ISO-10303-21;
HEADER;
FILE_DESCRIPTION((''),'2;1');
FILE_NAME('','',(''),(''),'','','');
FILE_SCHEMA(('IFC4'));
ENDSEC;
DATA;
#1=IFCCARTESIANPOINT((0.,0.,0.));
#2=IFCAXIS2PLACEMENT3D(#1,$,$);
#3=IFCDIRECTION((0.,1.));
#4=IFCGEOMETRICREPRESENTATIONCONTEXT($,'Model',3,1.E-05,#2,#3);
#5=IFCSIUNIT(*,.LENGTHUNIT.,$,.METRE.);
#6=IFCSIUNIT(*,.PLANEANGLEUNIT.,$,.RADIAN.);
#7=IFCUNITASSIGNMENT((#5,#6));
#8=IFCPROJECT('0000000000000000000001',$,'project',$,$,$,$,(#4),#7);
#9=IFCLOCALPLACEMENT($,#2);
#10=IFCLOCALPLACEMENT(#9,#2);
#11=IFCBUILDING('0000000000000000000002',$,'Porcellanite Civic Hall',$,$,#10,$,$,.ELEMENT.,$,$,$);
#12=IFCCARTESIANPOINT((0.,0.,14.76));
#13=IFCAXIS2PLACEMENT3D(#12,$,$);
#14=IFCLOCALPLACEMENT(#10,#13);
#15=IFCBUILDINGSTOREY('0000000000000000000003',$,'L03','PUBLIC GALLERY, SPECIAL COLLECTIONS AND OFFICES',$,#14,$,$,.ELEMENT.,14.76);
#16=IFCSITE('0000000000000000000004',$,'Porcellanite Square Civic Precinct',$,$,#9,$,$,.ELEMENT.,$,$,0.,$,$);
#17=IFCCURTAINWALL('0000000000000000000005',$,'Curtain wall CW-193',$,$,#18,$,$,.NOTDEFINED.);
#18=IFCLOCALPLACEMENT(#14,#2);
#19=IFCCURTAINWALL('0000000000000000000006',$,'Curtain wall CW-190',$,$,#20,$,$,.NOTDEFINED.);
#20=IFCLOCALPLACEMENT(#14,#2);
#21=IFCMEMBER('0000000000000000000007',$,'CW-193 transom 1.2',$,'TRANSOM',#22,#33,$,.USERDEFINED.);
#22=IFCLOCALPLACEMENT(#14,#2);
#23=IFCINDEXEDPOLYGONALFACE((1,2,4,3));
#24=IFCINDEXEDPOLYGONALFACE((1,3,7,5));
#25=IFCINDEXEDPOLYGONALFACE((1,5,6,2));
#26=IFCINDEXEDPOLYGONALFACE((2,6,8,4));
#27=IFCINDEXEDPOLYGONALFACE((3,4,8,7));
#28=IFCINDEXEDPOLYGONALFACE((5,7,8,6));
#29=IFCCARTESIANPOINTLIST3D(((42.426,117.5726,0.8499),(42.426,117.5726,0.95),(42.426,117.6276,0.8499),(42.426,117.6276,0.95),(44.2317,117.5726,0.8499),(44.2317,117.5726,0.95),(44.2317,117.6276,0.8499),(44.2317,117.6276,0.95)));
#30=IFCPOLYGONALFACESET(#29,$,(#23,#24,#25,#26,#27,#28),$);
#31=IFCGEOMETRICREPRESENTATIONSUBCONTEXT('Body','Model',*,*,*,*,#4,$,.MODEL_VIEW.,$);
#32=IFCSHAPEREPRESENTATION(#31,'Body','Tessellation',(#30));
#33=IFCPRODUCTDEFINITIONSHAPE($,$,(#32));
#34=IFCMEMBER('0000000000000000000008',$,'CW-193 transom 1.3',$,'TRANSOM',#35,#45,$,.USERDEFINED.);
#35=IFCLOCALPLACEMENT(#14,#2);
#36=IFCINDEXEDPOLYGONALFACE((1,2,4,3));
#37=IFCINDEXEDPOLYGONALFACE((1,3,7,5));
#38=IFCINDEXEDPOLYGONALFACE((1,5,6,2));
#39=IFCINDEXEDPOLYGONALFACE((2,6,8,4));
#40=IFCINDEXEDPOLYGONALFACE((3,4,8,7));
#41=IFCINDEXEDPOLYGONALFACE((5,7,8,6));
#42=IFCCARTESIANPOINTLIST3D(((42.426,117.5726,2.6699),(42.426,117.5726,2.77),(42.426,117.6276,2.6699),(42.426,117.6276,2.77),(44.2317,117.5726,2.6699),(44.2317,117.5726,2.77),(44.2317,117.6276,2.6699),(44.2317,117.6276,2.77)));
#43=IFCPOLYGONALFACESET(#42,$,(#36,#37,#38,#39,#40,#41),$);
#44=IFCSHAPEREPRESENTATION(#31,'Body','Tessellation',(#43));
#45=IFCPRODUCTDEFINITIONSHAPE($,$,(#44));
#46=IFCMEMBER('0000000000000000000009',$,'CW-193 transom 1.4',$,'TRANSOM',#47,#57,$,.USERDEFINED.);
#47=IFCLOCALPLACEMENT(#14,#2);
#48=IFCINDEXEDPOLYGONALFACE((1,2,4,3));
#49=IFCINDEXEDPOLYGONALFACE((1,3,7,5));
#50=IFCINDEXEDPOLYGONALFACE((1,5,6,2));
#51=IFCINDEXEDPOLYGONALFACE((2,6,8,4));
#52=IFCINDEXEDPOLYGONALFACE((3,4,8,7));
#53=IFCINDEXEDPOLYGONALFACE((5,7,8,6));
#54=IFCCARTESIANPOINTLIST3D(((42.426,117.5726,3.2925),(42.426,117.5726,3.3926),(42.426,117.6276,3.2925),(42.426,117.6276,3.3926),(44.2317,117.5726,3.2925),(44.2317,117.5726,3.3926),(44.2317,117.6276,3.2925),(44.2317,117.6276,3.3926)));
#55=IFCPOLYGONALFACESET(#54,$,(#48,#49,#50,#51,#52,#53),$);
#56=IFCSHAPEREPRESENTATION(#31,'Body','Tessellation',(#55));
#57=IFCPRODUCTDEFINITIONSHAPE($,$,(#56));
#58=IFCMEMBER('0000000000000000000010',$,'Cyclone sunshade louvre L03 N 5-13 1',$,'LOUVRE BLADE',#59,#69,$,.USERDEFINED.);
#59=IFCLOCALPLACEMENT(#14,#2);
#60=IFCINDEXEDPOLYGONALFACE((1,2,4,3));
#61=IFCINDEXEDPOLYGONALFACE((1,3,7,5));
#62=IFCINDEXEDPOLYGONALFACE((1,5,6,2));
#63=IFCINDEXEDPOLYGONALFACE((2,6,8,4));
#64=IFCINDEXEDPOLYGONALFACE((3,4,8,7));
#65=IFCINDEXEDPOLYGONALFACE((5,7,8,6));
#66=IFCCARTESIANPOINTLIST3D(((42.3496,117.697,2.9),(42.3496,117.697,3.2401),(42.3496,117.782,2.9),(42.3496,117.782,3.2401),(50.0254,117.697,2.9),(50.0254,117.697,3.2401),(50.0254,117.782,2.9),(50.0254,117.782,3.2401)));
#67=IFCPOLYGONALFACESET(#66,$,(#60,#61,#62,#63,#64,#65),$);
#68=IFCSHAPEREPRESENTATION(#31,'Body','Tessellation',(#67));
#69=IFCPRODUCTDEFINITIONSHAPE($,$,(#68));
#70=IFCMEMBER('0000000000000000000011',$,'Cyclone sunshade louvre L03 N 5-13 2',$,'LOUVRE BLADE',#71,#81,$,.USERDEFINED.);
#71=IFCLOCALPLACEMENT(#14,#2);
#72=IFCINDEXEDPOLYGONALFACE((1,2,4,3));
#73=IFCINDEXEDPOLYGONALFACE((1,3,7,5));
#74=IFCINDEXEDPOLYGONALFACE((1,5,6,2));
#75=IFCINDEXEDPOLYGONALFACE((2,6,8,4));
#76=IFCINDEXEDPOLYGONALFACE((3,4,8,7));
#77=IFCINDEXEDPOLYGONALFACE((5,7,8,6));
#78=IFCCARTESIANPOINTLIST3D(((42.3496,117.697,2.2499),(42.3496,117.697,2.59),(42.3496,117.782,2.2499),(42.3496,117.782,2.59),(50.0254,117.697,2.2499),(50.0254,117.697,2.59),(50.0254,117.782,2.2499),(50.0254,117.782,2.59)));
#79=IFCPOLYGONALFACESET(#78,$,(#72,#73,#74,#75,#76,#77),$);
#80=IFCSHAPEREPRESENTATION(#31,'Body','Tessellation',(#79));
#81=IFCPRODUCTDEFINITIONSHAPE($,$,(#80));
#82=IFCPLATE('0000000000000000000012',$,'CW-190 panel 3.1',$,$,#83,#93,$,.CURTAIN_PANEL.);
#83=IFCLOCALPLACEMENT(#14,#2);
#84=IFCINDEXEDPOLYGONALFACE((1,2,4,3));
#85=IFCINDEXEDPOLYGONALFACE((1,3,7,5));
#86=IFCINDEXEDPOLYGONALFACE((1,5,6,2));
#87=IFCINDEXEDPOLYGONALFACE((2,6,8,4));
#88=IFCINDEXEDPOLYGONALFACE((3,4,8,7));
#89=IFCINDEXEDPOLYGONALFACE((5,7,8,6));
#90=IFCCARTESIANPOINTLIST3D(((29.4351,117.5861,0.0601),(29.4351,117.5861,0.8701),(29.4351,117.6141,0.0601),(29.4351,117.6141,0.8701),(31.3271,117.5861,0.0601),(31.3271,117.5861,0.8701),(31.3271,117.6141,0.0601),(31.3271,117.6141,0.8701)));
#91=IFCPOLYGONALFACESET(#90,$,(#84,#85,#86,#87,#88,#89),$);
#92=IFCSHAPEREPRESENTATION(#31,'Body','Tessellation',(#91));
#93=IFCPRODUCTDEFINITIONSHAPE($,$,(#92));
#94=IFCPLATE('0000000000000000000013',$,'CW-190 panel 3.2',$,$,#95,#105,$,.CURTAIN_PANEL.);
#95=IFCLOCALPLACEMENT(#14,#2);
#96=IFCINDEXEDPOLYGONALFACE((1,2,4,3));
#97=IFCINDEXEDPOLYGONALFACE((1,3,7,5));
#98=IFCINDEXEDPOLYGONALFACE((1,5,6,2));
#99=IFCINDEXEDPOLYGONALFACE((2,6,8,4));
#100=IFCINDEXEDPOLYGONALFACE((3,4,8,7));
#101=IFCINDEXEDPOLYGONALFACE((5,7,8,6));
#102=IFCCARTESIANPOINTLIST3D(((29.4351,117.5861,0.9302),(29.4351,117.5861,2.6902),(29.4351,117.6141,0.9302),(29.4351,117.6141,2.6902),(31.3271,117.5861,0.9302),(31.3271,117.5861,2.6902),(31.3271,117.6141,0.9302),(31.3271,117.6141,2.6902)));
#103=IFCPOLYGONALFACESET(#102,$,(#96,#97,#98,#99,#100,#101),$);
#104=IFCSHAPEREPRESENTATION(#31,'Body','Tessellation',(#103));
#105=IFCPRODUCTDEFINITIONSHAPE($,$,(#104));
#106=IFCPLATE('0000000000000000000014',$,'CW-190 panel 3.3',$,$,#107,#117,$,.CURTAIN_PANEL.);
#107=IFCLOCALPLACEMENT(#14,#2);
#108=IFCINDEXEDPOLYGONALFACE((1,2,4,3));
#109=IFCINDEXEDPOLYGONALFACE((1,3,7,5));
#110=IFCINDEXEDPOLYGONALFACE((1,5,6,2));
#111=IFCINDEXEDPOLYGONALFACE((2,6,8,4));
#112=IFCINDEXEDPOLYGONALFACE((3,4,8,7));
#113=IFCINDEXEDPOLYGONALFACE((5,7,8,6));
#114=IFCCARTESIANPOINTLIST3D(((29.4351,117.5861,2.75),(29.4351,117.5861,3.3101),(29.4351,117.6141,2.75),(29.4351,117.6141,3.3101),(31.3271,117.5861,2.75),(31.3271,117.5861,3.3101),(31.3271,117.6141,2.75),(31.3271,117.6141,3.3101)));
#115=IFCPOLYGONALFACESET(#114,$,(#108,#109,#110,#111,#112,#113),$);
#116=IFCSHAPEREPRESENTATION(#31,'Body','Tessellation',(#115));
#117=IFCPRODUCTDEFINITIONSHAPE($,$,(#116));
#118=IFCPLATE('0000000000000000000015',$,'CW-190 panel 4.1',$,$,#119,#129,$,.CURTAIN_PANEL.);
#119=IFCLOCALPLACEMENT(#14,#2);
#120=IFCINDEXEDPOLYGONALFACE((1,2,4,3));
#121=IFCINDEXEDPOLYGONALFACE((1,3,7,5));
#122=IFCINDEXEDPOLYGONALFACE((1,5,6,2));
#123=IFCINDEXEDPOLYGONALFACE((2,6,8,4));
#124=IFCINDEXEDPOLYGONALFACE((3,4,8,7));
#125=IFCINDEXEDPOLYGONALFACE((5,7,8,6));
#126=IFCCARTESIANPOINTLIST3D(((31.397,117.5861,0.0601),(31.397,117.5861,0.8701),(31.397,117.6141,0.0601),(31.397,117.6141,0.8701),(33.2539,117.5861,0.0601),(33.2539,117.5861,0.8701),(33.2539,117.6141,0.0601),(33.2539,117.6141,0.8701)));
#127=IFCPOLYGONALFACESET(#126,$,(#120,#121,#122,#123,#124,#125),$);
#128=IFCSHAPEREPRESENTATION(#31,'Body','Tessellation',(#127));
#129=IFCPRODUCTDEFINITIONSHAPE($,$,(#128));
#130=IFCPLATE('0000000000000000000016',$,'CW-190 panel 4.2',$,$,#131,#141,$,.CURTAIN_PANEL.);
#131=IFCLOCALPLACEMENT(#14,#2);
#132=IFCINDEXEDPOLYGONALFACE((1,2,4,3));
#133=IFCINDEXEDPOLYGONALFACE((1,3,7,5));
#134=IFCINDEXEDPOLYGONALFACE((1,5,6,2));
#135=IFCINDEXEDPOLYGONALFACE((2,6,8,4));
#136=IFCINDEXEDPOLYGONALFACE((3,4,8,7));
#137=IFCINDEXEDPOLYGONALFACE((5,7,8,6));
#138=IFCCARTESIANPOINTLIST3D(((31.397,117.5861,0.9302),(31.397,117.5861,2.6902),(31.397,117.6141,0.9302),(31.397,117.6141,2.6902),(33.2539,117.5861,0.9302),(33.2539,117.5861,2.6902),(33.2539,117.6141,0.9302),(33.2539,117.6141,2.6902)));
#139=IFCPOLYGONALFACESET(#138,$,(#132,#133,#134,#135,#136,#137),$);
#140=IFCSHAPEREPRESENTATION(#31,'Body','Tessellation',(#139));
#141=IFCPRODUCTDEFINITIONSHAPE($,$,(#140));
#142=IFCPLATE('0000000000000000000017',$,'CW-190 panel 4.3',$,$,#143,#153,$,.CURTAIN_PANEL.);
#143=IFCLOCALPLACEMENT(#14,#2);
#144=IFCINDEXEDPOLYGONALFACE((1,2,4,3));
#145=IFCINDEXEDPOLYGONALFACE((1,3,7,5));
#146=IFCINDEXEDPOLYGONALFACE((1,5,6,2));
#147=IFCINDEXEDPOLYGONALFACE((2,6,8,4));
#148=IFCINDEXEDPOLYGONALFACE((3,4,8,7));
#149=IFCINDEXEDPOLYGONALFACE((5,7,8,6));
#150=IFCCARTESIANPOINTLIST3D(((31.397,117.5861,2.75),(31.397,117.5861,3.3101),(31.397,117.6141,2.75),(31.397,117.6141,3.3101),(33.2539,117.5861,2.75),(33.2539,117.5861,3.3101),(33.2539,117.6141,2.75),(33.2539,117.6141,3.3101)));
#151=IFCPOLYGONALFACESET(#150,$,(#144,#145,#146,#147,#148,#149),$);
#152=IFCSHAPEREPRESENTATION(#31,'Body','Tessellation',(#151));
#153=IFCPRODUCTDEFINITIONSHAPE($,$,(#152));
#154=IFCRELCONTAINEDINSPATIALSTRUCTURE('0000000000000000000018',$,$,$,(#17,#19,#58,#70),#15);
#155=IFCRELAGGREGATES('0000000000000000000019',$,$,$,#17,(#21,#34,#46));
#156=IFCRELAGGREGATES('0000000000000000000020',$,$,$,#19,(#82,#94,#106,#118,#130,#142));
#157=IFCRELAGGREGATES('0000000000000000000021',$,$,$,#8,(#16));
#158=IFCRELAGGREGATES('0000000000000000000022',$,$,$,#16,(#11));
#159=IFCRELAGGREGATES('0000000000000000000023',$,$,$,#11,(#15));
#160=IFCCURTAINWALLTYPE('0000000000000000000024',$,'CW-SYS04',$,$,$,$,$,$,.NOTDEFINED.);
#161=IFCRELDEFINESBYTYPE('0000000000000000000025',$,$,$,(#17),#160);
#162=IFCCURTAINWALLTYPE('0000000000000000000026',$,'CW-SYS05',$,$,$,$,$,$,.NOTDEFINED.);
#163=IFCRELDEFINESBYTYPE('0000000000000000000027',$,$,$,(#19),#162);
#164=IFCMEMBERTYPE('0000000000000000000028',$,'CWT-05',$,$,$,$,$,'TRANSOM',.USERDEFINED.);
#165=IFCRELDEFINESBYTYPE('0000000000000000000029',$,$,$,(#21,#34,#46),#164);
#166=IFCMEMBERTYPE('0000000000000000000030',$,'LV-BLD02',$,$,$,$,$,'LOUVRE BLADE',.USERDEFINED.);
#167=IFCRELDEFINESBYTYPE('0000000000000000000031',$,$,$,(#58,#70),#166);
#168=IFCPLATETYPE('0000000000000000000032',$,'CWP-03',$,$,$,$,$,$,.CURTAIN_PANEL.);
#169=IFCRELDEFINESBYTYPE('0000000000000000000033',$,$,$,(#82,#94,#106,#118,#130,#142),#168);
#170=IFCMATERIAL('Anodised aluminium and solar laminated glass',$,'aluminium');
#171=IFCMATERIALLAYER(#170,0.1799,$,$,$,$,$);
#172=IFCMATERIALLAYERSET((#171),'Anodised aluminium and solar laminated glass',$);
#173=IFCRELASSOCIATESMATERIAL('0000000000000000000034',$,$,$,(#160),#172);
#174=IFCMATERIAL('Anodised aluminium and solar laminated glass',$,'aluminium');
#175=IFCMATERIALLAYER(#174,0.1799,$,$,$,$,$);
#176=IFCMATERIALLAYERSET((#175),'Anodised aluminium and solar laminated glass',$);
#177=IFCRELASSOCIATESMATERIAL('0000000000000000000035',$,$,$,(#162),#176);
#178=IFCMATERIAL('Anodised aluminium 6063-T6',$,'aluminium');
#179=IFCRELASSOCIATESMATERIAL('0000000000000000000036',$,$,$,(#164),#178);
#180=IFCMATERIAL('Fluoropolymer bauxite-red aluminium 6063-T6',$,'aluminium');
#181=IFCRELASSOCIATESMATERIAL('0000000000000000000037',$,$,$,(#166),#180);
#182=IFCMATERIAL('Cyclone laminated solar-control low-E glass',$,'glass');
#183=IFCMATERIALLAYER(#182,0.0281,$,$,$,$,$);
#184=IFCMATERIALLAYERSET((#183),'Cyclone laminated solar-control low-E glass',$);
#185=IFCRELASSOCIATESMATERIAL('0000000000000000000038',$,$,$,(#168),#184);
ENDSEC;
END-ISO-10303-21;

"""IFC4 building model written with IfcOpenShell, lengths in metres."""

from ifc_helpers import new_model, si_unit, direction, frame, origin, origin_2d, place, context, subcontext, project, spatial, rectangle, extrude, material, layer, layer_set, material_profile, profile_set, type_object, element, aggregate, save


model = new_model("IFC4")

# Units and contexts
model_context = context("Model", 3, precision=1e-05, world=origin(), true_north=direction((0.0, 1.0)))
body_context = subcontext(model_context, "Body", "Model", "MODEL_VIEW")
ifc_project = project(units=[si_unit("LENGTHUNIT", "METRE"), si_unit("PLANEANGLEUNIT", "RADIAN")], contexts=[model_context])

# Site, building, storey
site_placement = place(None, origin())
site = spatial("IfcSite", under=ifc_project, at=site_placement, Name="Porcellanite Square Civic Precinct", CompositionType="ELEMENT", RefElevation=0.0)
building_placement = place(site_placement, origin())
building = spatial("IfcBuilding", under=site, at=building_placement, Name="Porcellanite Civic Hall", CompositionType="ELEMENT")
storey_placement = place(building_placement, frame((0.0, 0.0, 14.76)))
storey = spatial("IfcBuildingStorey", under=building, at=storey_placement, Name="L03", Description="PUBLIC GALLERY, SPECIAL COLLECTIONS AND OFFICES", CompositionType="ELEMENT", Elevation=14.76)

# Curtain wall
ifc_material_1 = material(Name="Anodised aluminium and solar laminated glass", Category="aluminium")
ifc_layer_1 = layer(ifc_material_1, 0.1799)
ifc_layer_set_1 = layer_set([ifc_layer_1], Name="Anodised aluminium and solar laminated glass")
curtain_wall_type_1 = type_object("IfcCurtainWallType", Name="CW-SYS04", PredefinedType="NOTDEFINED", material=ifc_layer_set_1)
curtain_wall_1_placement = place(storey_placement, origin())
curtain_wall_1 = element("IfcCurtainWall", 1, at=curtain_wall_1_placement, inside=storey, type_object=curtain_wall_type_1, Name="Curtain wall CW-193", PredefinedType="NOTDEFINED")

# Curtain wall
ifc_material_2 = material(Name="Anodised aluminium and solar laminated glass", Category="aluminium")
ifc_layer_2 = layer(ifc_material_2, 0.1799)
ifc_layer_set_2 = layer_set([ifc_layer_2], Name="Anodised aluminium and solar laminated glass")
curtain_wall_type_2 = type_object("IfcCurtainWallType", Name="CW-SYS05", PredefinedType="NOTDEFINED", material=ifc_layer_set_2)
curtain_wall_2_placement = place(storey_placement, origin())
curtain_wall_2 = element("IfcCurtainWall", 2, at=curtain_wall_2_placement, inside=storey, type_object=curtain_wall_type_2, Name="Curtain wall CW-190", PredefinedType="NOTDEFINED")

# Members
ifc_material_3 = material(Name="Anodised aluminium 6063-T6", Category="aluminium")
ifc_material_profile_1 = material_profile(ifc_material_3, rectangle(XDim=0.0549, YDim=0.1001, at=origin_2d()), Name="AL-55x100")
ifc_profile_set_1 = profile_set([ifc_material_profile_1], Name="Anodised aluminium 6063-T6")
member_type_1 = type_object("IfcMemberType", Name="CWT-05", ElementType="TRANSOM", PredefinedType="USERDEFINED", material=ifc_profile_set_1)
member_1_placement = place(storey_placement, frame((42.426, 117.6001, 0.8999), z_axis=(1.0, 0.0, 0.0), x_axis=(0.0, 1.0, 0.0)))
member_1 = element("IfcMember", 3, at=member_1_placement, type_object=member_type_1, Name="CW-193 transom 1.2", ObjectType="TRANSOM", PredefinedType="USERDEFINED", context=body_context, shape_type="SweptSolid", body=[
    extrude(rectangle(XDim=0.0549, YDim=0.1001, at=origin_2d()), origin(), (0.0, 0.0, 1.0), 1.8057),
])
member_2_placement = place(storey_placement, frame((42.426, 117.6001, 2.72), z_axis=(1.0, 0.0, 0.0), x_axis=(0.0, 1.0, 0.0)))
member_2 = element("IfcMember", 4, at=member_2_placement, type_object=member_type_1, Name="CW-193 transom 1.3", ObjectType="TRANSOM", PredefinedType="USERDEFINED", context=body_context, shape_type="SweptSolid", body=[
    extrude(rectangle(XDim=0.0549, YDim=0.1001, at=origin_2d()), origin(), (0.0, 0.0, 1.0), 1.8057),
])
member_3_placement = place(storey_placement, frame((42.426, 117.6001, 3.3425), z_axis=(1.0, 0.0, 0.0), x_axis=(0.0, 1.0, 0.0)))
member_3 = element("IfcMember", 5, at=member_3_placement, type_object=member_type_1, Name="CW-193 transom 1.4", ObjectType="TRANSOM", PredefinedType="USERDEFINED", context=body_context, shape_type="SweptSolid", body=[
    extrude(rectangle(XDim=0.0549, YDim=0.1001, at=origin_2d()), origin(), (0.0, 0.0, 1.0), 1.8057),
])
aggregate(curtain_wall_1, [member_1, member_2, member_3])

# Members
ifc_material_4 = material(Name="Fluoropolymer bauxite-red aluminium 6063-T6", Category="aluminium")
ifc_material_profile_2 = material_profile(ifc_material_4, rectangle(XDim=0.085, YDim=0.3401, at=origin_2d()), Name="AL-85x340")
ifc_profile_set_2 = profile_set([ifc_material_profile_2], Name="Fluoropolymer bauxite-red aluminium 6063-T6")
member_type_2 = type_object("IfcMemberType", Name="LV-BLD02", ElementType="LOUVRE BLADE", PredefinedType="USERDEFINED", material=ifc_profile_set_2)
for number, where, z_axis, x_axis, name in (
    (6, (42.3496, 117.7395, 3.0701), (1.0, 0.0, 0.0), (0.0, 1.0, 0.0), "Cyclone sunshade louvre L03 N 5-13 1"),
    (7, (42.3496, 117.7395, 2.4199), (1.0, 0.0, 0.0), (0.0, 1.0, 0.0), "Cyclone sunshade louvre L03 N 5-13 2"),
):
    element("IfcMember", number, at=place(storey_placement, frame(where, z_axis=z_axis, x_axis=x_axis)), inside=storey, type_object=member_type_2, Name=name, ObjectType="LOUVRE BLADE", PredefinedType="USERDEFINED", context=body_context, shape_type="SweptSolid", body=[
        extrude(rectangle(XDim=0.085, YDim=0.3401, at=origin_2d()), origin(), (0.0, 0.0, 1.0), 7.6758),
    ])

# Plates
ifc_material_5 = material(Name="Cyclone laminated solar-control low-E glass", Category="glass")
ifc_layer_3 = layer(ifc_material_5, 0.0281)
ifc_layer_set_3 = layer_set([ifc_layer_3], Name="Cyclone laminated solar-control low-E glass")
plate_type = type_object("IfcPlateType", Name="CWP-03", PredefinedType="CURTAIN_PANEL", material=ifc_layer_set_3)
plate_1_placement = place(storey_placement, frame((30.3811, 117.6001, 0.0601), z_axis=(0.0, 0.0, 1.0), x_axis=(1.0, 0.0, 0.0)))
plate_1 = element("IfcPlate", 8, at=plate_1_placement, type_object=plate_type, Name="CW-190 panel 3.1", PredefinedType="CURTAIN_PANEL", context=body_context, shape_type="SweptSolid", body=[
    extrude(rectangle(XDim=1.8921, YDim=0.0281, at=origin_2d()), origin(), (0.0, 0.0, 1.0), 0.8101),
])
plate_2_placement = place(storey_placement, frame((30.3811, 117.6001, 0.9302), z_axis=(0.0, 0.0, 1.0), x_axis=(1.0, 0.0, 0.0)))
plate_2 = element("IfcPlate", 9, at=plate_2_placement, type_object=plate_type, Name="CW-190 panel 3.2", PredefinedType="CURTAIN_PANEL", context=body_context, shape_type="SweptSolid", body=[
    extrude(rectangle(XDim=1.8921, YDim=0.0281, at=origin_2d()), origin(), (0.0, 0.0, 1.0), 1.76),
])
plate_3_placement = place(storey_placement, frame((30.3811, 117.6001, 2.75), z_axis=(0.0, 0.0, 1.0), x_axis=(1.0, 0.0, 0.0)))
plate_3 = element("IfcPlate", 10, at=plate_3_placement, type_object=plate_type, Name="CW-190 panel 3.3", PredefinedType="CURTAIN_PANEL", context=body_context, shape_type="SweptSolid", body=[
    extrude(rectangle(XDim=1.8921, YDim=0.0281, at=origin_2d()), origin(), (0.0, 0.0, 1.0), 0.5601),
])
plate_4_placement = place(storey_placement, frame((32.3254, 117.6001, 0.0601), z_axis=(0.0, 0.0, 1.0), x_axis=(1.0, 0.0, 0.0)))
plate_4 = element("IfcPlate", 11, at=plate_4_placement, type_object=plate_type, Name="CW-190 panel 4.1", PredefinedType="CURTAIN_PANEL", context=body_context, shape_type="SweptSolid", body=[
    extrude(rectangle(XDim=1.8569, YDim=0.0281, at=origin_2d()), origin(), (0.0, 0.0, 1.0), 0.8101),
])
plate_5_placement = place(storey_placement, frame((32.3254, 117.6001, 0.9302), z_axis=(0.0, 0.0, 1.0), x_axis=(1.0, 0.0, 0.0)))
plate_5 = element("IfcPlate", 12, at=plate_5_placement, type_object=plate_type, Name="CW-190 panel 4.2", PredefinedType="CURTAIN_PANEL", context=body_context, shape_type="SweptSolid", body=[
    extrude(rectangle(XDim=1.8569, YDim=0.0281, at=origin_2d()), origin(), (0.0, 0.0, 1.0), 1.76),
])
plate_6_placement = place(storey_placement, frame((32.3254, 117.6001, 2.75), z_axis=(0.0, 0.0, 1.0), x_axis=(1.0, 0.0, 0.0)))
plate_6 = element("IfcPlate", 13, at=plate_6_placement, type_object=plate_type, Name="CW-190 panel 4.3", PredefinedType="CURTAIN_PANEL", context=body_context, shape_type="SweptSolid", body=[
    extrude(rectangle(XDim=1.8569, YDim=0.0281, at=origin_2d()), origin(), (0.0, 0.0, 1.0), 0.5601),
])
aggregate(curtain_wall_2, [plate_1, plate_2, plate_3, plate_4, plate_5, plate_6])

save(model, "model.ifc")
